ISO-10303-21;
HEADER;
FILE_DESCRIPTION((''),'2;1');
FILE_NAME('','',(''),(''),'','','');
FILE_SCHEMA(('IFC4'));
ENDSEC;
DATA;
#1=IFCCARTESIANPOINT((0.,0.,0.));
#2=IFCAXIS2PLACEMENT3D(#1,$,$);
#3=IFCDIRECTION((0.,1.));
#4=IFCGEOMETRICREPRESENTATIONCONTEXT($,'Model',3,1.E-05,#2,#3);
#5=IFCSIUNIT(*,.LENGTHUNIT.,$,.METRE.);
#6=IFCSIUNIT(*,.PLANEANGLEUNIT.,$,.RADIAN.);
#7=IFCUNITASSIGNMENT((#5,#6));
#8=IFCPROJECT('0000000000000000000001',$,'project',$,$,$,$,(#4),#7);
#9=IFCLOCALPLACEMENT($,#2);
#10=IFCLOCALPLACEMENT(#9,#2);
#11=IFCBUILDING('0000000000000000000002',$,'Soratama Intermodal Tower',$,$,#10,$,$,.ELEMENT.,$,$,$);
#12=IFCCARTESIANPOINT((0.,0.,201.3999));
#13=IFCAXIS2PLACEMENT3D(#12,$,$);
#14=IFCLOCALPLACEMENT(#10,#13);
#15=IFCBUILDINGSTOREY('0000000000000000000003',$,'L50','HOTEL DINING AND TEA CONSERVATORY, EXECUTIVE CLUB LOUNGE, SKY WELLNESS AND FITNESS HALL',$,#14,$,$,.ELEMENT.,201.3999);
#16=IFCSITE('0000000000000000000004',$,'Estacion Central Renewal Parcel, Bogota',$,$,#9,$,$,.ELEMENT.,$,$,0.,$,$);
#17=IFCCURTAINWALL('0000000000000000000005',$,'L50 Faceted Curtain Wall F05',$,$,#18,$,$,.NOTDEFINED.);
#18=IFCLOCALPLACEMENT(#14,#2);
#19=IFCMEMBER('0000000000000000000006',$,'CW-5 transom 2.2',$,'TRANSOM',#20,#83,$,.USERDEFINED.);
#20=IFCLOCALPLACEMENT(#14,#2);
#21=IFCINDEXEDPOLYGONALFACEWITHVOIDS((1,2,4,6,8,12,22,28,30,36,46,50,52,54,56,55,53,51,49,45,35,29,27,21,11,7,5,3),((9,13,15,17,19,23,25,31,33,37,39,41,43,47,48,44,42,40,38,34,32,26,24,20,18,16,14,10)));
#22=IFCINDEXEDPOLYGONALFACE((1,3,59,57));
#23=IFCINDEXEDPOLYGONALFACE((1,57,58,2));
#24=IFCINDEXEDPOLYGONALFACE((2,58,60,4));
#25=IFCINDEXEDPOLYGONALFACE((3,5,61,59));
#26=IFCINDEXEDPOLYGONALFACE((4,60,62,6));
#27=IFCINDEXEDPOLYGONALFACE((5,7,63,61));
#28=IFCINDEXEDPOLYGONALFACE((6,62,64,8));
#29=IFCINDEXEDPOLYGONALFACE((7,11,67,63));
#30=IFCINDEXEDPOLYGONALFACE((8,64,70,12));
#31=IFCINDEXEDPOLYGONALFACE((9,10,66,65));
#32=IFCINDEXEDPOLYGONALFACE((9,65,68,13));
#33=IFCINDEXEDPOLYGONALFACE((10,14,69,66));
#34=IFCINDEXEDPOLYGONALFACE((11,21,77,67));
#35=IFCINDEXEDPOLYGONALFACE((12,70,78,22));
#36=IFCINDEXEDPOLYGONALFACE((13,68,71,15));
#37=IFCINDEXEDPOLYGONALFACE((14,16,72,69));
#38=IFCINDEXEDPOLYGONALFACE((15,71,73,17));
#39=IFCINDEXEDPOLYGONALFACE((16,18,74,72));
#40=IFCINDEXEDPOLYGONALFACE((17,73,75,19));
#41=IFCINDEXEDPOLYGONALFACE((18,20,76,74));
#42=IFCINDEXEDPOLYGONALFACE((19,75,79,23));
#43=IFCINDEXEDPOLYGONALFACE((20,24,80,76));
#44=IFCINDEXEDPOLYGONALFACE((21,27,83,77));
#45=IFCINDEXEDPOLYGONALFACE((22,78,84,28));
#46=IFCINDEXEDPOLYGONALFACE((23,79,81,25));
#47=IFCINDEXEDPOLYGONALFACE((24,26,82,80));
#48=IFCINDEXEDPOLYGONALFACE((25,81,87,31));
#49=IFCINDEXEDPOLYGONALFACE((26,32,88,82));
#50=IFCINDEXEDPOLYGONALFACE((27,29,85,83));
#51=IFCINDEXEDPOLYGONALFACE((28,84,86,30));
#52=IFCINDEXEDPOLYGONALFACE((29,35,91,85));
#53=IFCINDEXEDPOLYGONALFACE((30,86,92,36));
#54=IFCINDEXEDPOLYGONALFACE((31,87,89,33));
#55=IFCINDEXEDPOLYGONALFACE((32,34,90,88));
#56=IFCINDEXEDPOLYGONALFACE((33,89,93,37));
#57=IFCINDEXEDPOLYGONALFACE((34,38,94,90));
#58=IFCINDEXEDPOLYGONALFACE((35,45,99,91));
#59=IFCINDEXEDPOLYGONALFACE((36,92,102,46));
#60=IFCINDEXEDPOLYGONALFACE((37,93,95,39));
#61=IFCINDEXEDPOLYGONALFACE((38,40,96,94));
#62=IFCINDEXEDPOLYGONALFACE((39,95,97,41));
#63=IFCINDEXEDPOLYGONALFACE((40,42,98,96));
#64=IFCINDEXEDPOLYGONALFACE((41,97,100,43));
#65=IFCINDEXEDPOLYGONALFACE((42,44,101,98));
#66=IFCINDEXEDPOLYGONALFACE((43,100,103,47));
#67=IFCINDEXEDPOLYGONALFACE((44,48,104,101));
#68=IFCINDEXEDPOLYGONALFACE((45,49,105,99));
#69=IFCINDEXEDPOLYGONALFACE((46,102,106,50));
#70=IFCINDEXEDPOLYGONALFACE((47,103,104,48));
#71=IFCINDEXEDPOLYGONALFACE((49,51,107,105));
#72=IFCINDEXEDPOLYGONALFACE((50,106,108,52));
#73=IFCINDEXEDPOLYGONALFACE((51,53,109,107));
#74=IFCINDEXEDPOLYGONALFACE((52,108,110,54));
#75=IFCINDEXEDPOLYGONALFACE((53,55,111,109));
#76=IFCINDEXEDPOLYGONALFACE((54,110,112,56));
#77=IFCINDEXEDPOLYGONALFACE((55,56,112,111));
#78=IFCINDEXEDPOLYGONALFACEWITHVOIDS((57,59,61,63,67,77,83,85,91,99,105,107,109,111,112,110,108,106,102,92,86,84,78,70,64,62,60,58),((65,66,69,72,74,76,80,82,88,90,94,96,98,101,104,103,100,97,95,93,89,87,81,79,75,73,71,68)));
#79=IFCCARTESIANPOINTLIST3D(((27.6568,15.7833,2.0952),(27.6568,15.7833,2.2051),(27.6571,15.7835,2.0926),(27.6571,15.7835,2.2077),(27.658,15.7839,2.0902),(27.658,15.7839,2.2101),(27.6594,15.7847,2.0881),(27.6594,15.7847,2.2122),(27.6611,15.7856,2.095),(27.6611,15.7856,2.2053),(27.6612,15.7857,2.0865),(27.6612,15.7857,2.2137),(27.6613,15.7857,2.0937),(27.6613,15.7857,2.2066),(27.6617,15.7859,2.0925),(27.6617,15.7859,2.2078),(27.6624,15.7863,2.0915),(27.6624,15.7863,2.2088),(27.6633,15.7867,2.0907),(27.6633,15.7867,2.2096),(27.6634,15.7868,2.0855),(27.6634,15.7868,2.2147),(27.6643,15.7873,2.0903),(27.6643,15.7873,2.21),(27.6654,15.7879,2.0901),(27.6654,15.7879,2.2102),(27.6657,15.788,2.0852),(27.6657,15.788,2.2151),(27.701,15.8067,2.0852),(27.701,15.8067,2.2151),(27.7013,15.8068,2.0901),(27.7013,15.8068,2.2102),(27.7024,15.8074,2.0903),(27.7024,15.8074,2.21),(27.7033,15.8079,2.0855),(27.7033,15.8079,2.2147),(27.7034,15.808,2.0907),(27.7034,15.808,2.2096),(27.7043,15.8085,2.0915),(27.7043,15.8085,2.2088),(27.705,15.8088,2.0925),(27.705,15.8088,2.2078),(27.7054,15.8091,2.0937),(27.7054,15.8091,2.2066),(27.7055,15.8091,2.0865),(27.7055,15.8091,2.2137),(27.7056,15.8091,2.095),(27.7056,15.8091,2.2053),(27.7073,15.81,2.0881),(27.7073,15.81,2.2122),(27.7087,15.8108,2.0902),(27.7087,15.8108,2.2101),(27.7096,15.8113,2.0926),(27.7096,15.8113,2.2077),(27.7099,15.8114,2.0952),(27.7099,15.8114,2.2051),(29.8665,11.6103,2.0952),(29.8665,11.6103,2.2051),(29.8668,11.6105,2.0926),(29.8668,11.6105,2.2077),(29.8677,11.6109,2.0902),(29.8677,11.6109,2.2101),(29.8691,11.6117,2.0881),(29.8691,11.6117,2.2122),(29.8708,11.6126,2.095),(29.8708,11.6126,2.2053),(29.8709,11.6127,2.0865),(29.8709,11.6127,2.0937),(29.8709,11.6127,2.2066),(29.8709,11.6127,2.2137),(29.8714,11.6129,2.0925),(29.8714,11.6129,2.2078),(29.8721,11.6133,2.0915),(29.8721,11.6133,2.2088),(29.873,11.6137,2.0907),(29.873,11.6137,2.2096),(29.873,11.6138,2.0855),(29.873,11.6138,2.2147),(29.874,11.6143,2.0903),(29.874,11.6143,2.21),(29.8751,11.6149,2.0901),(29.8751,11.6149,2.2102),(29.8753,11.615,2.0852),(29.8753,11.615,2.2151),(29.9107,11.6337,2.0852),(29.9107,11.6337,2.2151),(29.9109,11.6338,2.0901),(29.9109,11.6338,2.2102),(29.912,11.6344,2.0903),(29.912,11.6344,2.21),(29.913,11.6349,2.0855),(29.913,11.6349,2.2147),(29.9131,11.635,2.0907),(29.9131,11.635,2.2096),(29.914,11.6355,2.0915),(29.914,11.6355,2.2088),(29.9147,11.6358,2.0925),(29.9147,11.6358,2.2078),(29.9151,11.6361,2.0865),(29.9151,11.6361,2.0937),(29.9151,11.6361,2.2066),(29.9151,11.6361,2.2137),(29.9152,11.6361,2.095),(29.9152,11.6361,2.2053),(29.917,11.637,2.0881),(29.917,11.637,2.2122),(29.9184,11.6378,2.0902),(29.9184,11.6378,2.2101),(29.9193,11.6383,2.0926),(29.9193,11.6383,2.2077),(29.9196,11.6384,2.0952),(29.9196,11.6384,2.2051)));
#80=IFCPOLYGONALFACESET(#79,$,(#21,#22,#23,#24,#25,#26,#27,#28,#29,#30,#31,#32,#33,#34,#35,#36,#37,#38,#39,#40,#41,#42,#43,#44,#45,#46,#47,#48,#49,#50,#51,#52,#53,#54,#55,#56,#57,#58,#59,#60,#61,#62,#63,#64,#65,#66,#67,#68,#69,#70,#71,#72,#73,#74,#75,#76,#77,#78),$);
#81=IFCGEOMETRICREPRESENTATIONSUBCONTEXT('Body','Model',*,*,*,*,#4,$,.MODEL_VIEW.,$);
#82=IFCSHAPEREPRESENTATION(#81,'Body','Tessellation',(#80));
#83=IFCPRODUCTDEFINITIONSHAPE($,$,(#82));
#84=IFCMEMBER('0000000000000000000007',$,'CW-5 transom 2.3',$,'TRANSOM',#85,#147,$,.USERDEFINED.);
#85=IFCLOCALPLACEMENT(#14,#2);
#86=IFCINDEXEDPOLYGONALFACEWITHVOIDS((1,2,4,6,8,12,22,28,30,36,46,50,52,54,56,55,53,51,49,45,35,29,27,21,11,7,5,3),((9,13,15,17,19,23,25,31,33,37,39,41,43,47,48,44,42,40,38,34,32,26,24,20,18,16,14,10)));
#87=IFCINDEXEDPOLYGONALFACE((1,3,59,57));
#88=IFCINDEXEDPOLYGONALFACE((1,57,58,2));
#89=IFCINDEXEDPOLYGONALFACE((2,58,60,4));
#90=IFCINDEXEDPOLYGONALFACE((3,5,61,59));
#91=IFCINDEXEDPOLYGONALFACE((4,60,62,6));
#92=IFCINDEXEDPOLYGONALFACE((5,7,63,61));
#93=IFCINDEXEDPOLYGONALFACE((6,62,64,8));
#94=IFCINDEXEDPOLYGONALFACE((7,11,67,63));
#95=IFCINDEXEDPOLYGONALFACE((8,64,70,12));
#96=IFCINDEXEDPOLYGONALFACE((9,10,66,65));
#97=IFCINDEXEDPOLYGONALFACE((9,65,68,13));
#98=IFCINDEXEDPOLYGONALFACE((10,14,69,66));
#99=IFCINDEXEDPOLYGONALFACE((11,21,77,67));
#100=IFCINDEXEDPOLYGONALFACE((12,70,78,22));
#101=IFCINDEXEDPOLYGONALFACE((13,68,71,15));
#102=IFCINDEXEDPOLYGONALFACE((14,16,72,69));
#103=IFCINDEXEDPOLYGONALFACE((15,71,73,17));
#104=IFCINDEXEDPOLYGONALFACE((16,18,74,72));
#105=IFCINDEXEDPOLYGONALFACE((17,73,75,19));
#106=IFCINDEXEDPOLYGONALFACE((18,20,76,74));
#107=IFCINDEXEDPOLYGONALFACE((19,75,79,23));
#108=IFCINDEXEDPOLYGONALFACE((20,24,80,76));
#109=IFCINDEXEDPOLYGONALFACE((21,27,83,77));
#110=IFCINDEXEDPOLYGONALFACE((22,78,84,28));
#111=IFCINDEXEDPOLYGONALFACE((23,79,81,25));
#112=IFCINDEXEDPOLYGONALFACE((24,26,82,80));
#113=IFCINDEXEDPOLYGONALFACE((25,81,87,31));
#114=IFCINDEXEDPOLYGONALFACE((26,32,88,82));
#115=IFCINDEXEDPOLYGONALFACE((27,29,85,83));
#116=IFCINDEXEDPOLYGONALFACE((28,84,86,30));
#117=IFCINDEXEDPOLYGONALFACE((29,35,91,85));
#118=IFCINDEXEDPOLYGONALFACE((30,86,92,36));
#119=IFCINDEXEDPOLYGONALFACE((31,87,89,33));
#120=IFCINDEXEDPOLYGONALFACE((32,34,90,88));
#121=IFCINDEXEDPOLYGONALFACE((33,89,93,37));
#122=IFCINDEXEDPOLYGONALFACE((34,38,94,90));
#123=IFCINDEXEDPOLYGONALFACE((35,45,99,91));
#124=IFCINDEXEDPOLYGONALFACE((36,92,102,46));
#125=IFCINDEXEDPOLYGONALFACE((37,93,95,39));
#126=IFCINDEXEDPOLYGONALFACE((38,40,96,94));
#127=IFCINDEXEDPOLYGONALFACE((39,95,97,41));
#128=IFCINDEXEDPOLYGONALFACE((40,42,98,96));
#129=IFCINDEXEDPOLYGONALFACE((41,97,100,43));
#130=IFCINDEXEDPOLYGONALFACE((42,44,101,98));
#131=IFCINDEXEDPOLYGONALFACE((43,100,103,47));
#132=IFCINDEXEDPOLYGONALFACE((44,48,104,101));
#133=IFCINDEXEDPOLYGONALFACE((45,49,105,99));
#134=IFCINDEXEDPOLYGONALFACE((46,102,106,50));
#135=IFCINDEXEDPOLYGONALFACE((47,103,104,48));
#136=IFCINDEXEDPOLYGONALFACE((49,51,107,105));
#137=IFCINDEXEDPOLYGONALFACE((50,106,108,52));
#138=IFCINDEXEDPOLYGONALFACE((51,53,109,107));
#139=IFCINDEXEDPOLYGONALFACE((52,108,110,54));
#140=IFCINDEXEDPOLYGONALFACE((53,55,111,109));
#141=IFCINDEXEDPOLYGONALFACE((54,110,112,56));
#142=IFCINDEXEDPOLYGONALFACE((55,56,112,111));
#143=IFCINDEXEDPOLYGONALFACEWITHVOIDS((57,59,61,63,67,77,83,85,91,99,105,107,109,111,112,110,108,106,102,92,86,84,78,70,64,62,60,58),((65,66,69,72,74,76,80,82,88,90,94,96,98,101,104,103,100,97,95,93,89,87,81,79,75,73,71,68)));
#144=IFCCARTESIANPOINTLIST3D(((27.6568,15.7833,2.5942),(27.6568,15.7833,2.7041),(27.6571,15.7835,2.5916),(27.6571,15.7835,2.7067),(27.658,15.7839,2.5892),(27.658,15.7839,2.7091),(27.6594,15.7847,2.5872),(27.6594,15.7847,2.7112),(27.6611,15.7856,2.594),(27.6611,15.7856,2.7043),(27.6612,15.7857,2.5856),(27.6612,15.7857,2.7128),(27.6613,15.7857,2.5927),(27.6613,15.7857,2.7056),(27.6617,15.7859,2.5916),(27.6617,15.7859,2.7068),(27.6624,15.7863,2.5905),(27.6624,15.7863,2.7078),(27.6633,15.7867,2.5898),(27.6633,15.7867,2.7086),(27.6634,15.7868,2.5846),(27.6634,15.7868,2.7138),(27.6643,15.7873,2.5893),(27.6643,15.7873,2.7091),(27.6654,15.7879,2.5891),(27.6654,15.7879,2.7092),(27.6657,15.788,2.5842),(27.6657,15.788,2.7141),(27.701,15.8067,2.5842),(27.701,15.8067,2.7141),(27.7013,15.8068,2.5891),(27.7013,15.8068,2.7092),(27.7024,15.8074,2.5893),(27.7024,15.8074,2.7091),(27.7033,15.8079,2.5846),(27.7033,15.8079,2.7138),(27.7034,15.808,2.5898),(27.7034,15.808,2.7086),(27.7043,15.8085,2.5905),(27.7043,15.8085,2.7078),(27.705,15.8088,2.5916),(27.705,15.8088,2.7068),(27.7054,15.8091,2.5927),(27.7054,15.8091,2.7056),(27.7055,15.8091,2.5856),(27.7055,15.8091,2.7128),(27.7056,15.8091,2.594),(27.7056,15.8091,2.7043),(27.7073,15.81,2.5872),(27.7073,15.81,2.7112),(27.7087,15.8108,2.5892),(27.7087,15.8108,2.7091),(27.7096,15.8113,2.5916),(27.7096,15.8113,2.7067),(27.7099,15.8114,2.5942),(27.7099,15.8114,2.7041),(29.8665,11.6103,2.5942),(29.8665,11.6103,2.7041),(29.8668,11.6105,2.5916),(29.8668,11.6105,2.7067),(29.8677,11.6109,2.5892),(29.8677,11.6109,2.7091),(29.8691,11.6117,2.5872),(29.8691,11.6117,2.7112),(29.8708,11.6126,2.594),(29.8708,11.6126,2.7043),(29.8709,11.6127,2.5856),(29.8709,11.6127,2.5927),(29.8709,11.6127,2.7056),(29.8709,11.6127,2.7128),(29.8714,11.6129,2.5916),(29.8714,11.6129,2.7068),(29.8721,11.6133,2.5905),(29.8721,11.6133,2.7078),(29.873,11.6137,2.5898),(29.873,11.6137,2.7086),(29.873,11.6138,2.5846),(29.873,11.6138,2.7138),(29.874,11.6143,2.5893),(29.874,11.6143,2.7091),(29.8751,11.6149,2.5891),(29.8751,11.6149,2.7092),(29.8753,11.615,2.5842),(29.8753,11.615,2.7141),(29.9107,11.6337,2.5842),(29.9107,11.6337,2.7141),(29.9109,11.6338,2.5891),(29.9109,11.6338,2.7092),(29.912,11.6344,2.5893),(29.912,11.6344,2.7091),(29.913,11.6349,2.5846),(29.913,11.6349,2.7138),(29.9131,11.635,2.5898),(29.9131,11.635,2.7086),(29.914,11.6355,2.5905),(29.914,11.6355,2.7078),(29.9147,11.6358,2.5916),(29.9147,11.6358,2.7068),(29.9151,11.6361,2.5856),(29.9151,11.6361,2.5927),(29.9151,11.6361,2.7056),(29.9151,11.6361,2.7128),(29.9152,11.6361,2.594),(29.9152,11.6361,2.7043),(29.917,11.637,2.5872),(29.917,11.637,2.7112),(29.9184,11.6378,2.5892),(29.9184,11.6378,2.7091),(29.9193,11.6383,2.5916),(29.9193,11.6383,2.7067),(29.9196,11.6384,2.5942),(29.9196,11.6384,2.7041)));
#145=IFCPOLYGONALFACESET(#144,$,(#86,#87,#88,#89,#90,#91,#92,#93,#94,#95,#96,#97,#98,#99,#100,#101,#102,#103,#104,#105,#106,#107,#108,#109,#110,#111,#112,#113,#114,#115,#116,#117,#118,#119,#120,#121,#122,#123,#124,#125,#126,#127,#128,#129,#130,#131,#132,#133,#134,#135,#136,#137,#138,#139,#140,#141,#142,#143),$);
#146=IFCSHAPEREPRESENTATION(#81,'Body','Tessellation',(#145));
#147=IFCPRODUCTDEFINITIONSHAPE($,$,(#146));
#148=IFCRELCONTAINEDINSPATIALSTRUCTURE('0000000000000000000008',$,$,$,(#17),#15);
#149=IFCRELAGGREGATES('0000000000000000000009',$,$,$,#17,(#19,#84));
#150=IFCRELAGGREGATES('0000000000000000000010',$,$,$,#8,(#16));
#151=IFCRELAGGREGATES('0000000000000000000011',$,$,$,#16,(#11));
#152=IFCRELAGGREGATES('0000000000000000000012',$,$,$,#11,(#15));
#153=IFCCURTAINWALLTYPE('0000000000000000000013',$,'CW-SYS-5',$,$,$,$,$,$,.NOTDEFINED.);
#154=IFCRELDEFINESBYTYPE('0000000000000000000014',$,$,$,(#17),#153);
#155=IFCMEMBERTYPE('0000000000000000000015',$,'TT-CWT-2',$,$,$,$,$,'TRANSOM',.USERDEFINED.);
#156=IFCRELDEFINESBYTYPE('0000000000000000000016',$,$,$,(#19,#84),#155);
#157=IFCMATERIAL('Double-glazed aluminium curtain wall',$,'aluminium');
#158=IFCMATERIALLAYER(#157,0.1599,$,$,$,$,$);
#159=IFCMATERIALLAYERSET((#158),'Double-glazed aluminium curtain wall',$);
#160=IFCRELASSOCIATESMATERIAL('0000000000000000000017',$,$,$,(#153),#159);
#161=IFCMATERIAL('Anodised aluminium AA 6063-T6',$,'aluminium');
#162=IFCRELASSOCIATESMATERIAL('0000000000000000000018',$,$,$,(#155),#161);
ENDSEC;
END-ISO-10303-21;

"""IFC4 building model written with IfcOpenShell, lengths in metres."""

from ifc_helpers import new_model, si_unit, direction, frame, origin, origin_2d, place, context, subcontext, project, spatial, hollow_rectangle, extrude, material, layer, layer_set, material_profile, profile_set, type_object, element, aggregate, save


model = new_model("IFC4")

# Units and contexts
model_context = context("Model", 3, precision=1e-05, world=origin(), true_north=direction((0.0, 1.0)))
body_context = subcontext(model_context, "Body", "Model", "MODEL_VIEW")
ifc_project = project(units=[si_unit("LENGTHUNIT", "METRE"), si_unit("PLANEANGLEUNIT", "RADIAN")], contexts=[model_context])

# Site, building, storey
site_placement = place(None, origin())
site = spatial("IfcSite", under=ifc_project, at=site_placement, Name="Estacion Central Renewal Parcel, Bogota", CompositionType="ELEMENT", RefElevation=0.0)
building_placement = place(site_placement, origin())
building = spatial("IfcBuilding", under=site, at=building_placement, Name="Soratama Intermodal Tower", CompositionType="ELEMENT")
storey_placement = place(building_placement, frame((0.0, 0.0, 201.3999)))
storey = spatial("IfcBuildingStorey", under=building, at=storey_placement, Name="L50", Description="HOTEL DINING AND TEA CONSERVATORY, EXECUTIVE CLUB LOUNGE, SKY WELLNESS AND FITNESS HALL", CompositionType="ELEMENT", Elevation=201.3999)

# Curtain wall
ifc_material_1 = material(Name="Double-glazed aluminium curtain wall", Category="aluminium")
ifc_layer_1 = layer(ifc_material_1, 0.1599)
ifc_layer_set_1 = layer_set([ifc_layer_1], Name="Double-glazed aluminium curtain wall")
curtain_wall_type = type_object("IfcCurtainWallType", Name="CW-SYS-5", PredefinedType="NOTDEFINED", material=ifc_layer_set_1)
curtain_wall_1_placement = place(storey_placement, origin())
curtain_wall_1 = element("IfcCurtainWall", 1, at=curtain_wall_1_placement, inside=storey, type_object=curtain_wall_type, Name="L50 Faceted Curtain Wall F05", PredefinedType="NOTDEFINED")

# Members
ifc_material_2 = material(Name="Anodised aluminium AA 6063-T6", Category="aluminium")
ifc_material_profile_1 = material_profile(ifc_material_2, hollow_rectangle(XDim=0.0601, YDim=0.1299, WallThickness=0.0049, InnerFilletRadius=0.0049, OuterFilletRadius=0.01, at=origin_2d()), Name="CWT130X60X5")
ifc_profile_set_1 = profile_set([ifc_material_profile_1], Name="Anodised aluminium AA 6063-T6")
member_type_1 = type_object("IfcMemberType", Name="TT-CWT-2", ElementType="TRANSOM", PredefinedType="USERDEFINED", material=ifc_profile_set_1)
member_1_placement = place(storey_placement, frame((27.6833, 15.7974, 2.1501), z_axis=(0.467959, -0.88375, 0.0), x_axis=(0.88375, 0.467959, 0.0)))
member_1 = element("IfcMember", 2, at=member_1_placement, type_object=member_type_1, Name="CW-5 transom 2.2", ObjectType="TRANSOM", PredefinedType="USERDEFINED", context=body_context, shape_type="SweptSolid", body=[
    extrude(hollow_rectangle(XDim=0.0601, YDim=0.1299, WallThickness=0.0049, InnerFilletRadius=0.0049, OuterFilletRadius=0.01, at=origin_2d()), origin(), (0.0, 0.0, 1.0), 4.7219),
])
member_2_placement = place(storey_placement, frame((27.6833, 15.7974, 2.6492), z_axis=(0.467959, -0.88375, 0.0), x_axis=(0.88375, 0.467959, 0.0)))
member_2 = element("IfcMember", 3, at=member_2_placement, type_object=member_type_1, Name="CW-5 transom 2.3", ObjectType="TRANSOM", PredefinedType="USERDEFINED", context=body_context, shape_type="SweptSolid", body=[
    extrude(hollow_rectangle(XDim=0.0601, YDim=0.1299, WallThickness=0.0049, InnerFilletRadius=0.0049, OuterFilletRadius=0.01, at=origin_2d()), origin(), (0.0, 0.0, 1.0), 4.7219),
])

aggregate(curtain_wall_1, [member_1, member_2])

save(model, "model.ifc")
